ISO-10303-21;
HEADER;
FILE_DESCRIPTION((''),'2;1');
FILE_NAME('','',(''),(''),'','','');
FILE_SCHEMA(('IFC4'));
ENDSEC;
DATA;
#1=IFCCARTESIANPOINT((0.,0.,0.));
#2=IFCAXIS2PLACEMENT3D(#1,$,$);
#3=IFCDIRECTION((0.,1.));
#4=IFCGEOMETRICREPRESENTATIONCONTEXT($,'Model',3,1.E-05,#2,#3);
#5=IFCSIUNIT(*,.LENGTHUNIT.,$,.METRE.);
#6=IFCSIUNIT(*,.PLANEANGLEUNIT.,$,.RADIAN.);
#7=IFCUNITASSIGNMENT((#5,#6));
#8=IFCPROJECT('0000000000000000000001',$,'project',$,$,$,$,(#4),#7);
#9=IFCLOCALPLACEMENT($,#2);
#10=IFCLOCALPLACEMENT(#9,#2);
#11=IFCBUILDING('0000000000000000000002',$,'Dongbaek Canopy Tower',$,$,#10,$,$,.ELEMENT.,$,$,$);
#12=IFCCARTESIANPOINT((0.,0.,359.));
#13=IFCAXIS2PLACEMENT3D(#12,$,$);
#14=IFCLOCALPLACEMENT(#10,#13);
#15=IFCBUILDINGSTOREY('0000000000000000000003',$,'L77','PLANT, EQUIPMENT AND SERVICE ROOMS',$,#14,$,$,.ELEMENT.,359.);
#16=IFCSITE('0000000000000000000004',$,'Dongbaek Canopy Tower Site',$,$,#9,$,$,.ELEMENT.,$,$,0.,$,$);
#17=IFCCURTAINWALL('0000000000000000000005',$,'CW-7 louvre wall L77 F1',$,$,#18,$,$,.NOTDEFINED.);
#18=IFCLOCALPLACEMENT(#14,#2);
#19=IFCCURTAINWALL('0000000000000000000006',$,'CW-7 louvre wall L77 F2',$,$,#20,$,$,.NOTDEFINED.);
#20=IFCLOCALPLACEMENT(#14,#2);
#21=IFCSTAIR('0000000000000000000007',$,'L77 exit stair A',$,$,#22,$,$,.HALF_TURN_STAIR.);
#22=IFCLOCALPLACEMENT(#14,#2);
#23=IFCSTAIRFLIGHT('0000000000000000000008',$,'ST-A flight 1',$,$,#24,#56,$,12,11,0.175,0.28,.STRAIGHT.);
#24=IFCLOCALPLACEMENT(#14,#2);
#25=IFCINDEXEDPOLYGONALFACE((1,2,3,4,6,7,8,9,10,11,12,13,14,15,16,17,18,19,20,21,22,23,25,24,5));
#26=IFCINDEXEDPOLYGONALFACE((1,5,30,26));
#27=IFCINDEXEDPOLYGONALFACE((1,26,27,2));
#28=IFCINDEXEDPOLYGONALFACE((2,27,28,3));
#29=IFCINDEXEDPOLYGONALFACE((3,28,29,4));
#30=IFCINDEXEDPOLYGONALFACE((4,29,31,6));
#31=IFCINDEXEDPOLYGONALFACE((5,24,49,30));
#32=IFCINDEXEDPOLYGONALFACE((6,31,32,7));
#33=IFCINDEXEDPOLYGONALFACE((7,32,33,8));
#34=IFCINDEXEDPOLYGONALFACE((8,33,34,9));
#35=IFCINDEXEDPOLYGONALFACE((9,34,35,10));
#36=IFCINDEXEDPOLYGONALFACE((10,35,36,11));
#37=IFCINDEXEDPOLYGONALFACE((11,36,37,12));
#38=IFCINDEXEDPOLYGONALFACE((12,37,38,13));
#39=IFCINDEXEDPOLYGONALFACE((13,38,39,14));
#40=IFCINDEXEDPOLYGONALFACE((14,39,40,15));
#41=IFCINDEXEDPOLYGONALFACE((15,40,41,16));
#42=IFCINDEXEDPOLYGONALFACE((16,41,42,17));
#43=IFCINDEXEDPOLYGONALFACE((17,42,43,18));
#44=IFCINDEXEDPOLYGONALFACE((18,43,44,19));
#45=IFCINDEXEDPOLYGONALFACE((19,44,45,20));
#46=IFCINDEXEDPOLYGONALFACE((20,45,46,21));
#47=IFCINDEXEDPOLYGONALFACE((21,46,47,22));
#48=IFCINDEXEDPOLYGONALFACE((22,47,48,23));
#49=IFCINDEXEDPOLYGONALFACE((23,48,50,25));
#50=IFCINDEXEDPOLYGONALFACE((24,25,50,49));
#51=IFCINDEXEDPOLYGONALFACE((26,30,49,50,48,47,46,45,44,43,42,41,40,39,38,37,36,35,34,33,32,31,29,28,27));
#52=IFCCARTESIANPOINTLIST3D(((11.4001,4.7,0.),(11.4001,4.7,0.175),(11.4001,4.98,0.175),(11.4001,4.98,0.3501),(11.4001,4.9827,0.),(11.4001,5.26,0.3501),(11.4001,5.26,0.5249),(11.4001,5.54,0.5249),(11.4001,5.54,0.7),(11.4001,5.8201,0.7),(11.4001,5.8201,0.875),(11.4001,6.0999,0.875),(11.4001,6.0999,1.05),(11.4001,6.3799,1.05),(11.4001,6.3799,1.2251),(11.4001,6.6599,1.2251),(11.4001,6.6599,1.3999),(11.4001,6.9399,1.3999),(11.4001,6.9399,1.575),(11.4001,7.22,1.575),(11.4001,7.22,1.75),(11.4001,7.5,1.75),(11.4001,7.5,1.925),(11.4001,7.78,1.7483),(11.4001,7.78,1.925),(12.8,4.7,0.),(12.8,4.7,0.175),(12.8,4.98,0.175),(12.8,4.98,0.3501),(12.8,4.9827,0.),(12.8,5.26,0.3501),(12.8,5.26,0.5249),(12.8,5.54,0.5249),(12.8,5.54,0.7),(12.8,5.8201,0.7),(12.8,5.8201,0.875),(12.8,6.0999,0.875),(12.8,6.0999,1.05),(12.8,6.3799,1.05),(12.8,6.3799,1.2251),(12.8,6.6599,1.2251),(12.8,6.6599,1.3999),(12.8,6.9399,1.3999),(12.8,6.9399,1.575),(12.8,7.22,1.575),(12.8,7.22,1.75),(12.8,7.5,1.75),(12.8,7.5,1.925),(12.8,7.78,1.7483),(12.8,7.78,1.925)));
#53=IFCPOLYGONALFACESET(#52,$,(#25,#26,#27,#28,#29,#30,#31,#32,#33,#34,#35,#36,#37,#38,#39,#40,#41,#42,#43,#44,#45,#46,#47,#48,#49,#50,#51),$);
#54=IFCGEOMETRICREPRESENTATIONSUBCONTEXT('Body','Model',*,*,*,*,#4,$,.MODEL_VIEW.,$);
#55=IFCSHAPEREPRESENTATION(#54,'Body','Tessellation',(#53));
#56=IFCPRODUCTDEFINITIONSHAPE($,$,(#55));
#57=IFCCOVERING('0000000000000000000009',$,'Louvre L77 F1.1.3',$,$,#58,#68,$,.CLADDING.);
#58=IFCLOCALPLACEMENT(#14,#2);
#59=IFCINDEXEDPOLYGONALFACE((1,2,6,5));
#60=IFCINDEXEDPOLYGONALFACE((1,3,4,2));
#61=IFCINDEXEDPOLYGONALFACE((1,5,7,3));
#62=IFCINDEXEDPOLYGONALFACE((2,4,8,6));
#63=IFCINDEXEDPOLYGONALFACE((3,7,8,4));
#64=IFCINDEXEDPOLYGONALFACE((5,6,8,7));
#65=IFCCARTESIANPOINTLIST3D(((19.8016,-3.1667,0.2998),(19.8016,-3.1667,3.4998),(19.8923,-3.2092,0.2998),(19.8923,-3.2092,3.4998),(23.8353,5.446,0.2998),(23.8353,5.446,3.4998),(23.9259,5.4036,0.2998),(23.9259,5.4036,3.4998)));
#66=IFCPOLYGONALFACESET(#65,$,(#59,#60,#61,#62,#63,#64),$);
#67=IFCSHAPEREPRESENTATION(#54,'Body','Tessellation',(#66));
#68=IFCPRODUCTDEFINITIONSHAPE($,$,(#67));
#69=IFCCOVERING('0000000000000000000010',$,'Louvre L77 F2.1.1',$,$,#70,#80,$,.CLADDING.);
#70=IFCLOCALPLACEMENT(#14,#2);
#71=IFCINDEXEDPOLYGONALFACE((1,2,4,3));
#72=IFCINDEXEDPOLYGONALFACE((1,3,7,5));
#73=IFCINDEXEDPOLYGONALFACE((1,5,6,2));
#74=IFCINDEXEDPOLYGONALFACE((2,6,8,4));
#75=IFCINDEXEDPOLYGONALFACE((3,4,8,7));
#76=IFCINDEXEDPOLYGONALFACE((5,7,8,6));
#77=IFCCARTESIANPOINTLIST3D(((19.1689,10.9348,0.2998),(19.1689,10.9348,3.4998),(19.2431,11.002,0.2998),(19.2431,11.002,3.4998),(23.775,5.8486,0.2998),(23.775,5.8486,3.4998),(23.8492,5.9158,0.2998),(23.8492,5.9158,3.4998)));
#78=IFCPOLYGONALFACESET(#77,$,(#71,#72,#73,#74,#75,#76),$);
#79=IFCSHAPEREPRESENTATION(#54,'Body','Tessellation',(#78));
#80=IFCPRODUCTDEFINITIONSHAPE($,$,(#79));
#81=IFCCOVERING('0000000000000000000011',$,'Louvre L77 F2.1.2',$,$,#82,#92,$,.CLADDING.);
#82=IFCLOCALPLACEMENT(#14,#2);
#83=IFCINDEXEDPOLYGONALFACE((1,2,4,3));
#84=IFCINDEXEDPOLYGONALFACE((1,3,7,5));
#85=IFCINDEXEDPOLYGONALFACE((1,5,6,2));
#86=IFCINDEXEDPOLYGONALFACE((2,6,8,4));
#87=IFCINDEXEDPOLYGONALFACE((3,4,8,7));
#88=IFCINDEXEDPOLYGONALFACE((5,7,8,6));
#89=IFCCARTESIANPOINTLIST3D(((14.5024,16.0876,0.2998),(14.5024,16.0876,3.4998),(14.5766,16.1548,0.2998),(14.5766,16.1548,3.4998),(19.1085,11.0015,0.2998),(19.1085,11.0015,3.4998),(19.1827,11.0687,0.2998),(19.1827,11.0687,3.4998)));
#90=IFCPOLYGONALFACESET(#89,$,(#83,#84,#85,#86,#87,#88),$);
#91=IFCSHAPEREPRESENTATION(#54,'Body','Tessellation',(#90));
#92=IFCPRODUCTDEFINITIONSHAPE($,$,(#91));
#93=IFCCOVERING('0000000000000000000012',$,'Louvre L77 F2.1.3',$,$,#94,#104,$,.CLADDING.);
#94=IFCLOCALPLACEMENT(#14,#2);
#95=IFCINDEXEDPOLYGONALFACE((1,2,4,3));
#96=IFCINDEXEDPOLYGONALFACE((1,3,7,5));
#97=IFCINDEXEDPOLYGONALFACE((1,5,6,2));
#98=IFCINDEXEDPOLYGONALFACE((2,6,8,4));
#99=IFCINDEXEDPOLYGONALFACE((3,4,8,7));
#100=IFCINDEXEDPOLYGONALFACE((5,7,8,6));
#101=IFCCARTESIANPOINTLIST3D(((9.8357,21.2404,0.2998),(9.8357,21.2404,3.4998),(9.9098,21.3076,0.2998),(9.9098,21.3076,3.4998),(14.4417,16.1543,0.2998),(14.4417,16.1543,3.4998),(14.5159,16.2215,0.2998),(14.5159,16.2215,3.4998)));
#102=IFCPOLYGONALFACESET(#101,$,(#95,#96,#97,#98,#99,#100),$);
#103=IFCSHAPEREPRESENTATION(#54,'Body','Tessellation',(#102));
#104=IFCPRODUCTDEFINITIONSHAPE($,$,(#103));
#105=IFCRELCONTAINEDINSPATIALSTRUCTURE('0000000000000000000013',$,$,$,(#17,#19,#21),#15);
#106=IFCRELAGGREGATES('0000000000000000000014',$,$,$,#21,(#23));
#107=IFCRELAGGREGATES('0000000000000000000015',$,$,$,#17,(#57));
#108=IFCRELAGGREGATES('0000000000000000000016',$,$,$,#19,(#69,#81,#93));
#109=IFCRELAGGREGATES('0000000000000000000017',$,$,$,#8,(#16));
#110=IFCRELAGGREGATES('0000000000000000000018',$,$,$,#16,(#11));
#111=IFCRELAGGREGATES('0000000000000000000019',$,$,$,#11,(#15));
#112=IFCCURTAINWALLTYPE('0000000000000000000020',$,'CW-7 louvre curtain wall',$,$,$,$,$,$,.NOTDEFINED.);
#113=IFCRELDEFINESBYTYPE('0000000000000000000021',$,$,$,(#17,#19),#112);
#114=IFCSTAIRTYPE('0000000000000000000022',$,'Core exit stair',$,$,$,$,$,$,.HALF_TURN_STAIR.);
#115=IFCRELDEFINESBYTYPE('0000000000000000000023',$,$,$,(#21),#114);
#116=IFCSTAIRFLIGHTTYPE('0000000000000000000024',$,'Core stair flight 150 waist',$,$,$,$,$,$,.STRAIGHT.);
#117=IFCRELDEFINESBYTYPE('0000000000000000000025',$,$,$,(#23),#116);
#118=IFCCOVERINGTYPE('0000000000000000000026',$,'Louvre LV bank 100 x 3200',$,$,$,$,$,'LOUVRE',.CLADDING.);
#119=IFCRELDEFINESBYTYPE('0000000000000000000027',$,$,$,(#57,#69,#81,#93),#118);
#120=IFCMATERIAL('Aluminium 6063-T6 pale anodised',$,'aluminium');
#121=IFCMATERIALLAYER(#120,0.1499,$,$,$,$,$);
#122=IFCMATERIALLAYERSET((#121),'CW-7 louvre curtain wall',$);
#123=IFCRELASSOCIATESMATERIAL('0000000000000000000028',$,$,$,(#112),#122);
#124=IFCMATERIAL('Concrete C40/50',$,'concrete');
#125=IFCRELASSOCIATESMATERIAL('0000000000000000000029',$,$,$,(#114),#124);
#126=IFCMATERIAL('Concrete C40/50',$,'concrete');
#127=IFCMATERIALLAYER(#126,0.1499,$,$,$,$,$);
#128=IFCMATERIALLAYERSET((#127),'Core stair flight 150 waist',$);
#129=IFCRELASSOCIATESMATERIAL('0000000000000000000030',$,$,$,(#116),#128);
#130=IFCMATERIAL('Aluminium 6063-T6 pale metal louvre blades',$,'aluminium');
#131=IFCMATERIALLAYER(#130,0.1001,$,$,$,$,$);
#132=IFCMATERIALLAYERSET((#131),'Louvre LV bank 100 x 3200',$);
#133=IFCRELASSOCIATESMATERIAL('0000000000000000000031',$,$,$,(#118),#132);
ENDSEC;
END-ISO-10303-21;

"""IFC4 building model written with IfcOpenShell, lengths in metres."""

from ifc_helpers import new_model, si_unit, direction, frame, origin, origin_2d, place, context, subcontext, project, spatial, polyline, rectangle, outline, extrude, material, layer, layer_set, type_object, element, aggregate, save


model = new_model("IFC4")

# Units and contexts
model_context = context("Model", 3, precision=1e-05, world=origin(), true_north=direction((0.0, 1.0)))
body_context = subcontext(model_context, "Body", "Model", "MODEL_VIEW")
ifc_project = project(units=[si_unit("LENGTHUNIT", "METRE"), si_unit("PLANEANGLEUNIT", "RADIAN")], contexts=[model_context])

# Site, building, storey
site_placement = place(None, origin())
site = spatial("IfcSite", under=ifc_project, at=site_placement, Name="Dongbaek Canopy Tower Site", CompositionType="ELEMENT", RefElevation=0.0)
building_placement = place(site_placement, origin())
building = spatial("IfcBuilding", under=site, at=building_placement, Name="Dongbaek Canopy Tower", CompositionType="ELEMENT")
storey_placement = place(building_placement, frame((0.0, 0.0, 359.0)))
storey = spatial("IfcBuildingStorey", under=building, at=storey_placement, Name="L77", Description="PLANT, EQUIPMENT AND SERVICE ROOMS", CompositionType="ELEMENT", Elevation=359.0)

# Curtain wall
ifc_material_1 = material(Name="Aluminium 6063-T6 pale anodised", Category="aluminium")
ifc_layer_1 = layer(ifc_material_1, 0.1499)
ifc_layer_set_1 = layer_set([ifc_layer_1], Name="CW-7 louvre curtain wall")
curtain_wall_type = type_object("IfcCurtainWallType", Name="CW-7 louvre curtain wall", PredefinedType="NOTDEFINED", material=ifc_layer_set_1)
curtain_wall_1_placement = place(storey_placement, origin())
curtain_wall_1 = element("IfcCurtainWall", 1, at=curtain_wall_1_placement, inside=storey, type_object=curtain_wall_type, Name="CW-7 louvre wall L77 F1", PredefinedType="NOTDEFINED")

# Curtain wall
curtain_wall_2_placement = place(storey_placement, origin())
curtain_wall_2 = element("IfcCurtainWall", 2, at=curtain_wall_2_placement, inside=storey, type_object=curtain_wall_type, Name="CW-7 louvre wall L77 F2", PredefinedType="NOTDEFINED")

# Stair, stair flight
ifc_material_2 = material(Name="Concrete C40/50", Category="concrete")
stair_type = type_object("IfcStairType", Name="Core exit stair", PredefinedType="HALF_TURN_STAIR", material=ifc_material_2)
stair_placement = place(storey_placement, origin())
stair = element("IfcStair", 3, at=stair_placement, inside=storey, type_object=stair_type, Name="L77 exit stair A", PredefinedType="HALF_TURN_STAIR")
ifc_material_3 = material(Name="Concrete C40/50", Category="concrete")
ifc_layer_2 = layer(ifc_material_3, 0.1499)
ifc_layer_set_2 = layer_set([ifc_layer_2], Name="Core stair flight 150 waist")
stair_flight_type = type_object("IfcStairFlightType", Name="Core stair flight 150 waist", PredefinedType="STRAIGHT", material=ifc_layer_set_2)
stair_flight_placement = place(storey_placement, frame((12.1001, 4.7, 0.0), z_axis=(0.0, 0.0, 1.0), x_axis=(0.0, 1.0, 0.0)))
stair_flight = element("IfcStairFlight", 4, at=stair_flight_placement, type_object=stair_flight_type, Name="ST-A flight 1", NumberOfRisers=12, NumberOfTreads=11, PredefinedType="STRAIGHT", RiserHeight=0.175, TreadLength=0.28, context=body_context, shape_type="SweptSolid", body=[
    extrude(outline(polyline([(0.0, 0.0), (0.0, 0.175), (0.28, 0.175), (0.28, 0.3501), (0.5601, 0.3501), (0.5601, 0.5249), (0.8401, 0.5249), (0.8401, 0.7), (1.1201, 0.7), (1.1201, 0.875), (1.3999, 0.875), (1.3999, 1.05), (1.6799, 1.05), (1.6799, 1.2251), (1.96, 1.2251), (1.96, 1.3999), (2.24, 1.3999), (2.24, 1.575), (2.52, 1.575), (2.52, 1.75), (2.8, 1.75), (2.8, 1.925), (3.0801, 1.925), (3.0801, 2.1001), (3.0801, 1.7483), (0.2827, 0.0), (0.0, 0.0)])), frame((0.0, 0.7, 0.0), z_axis=(0.0, -1.0, 0.0), x_axis=(1.0, 0.0, 0.0)), (0.0, 0.0, 1.0), 1.3999),
])
aggregate(stair, [stair_flight])

# Coverings
ifc_material_4 = material(Name="Aluminium 6063-T6 pale metal louvre blades", Category="aluminium")
ifc_layer_3 = layer(ifc_material_4, 0.1001)
ifc_layer_set_3 = layer_set([ifc_layer_3], Name="Louvre LV bank 100 x 3200")
covering_type = type_object("IfcCoveringType", Name="Louvre LV bank 100 x 3200", ElementType="LOUVRE", PredefinedType="CLADDING", material=ifc_layer_set_3)
covering_1_placement = place(storey_placement, frame((21.8638, 1.1184, 0.2998), z_axis=(0.0, 0.0, 1.0), x_axis=(0.424123, 0.905605, 0.0)))
covering_1 = element("IfcCovering", 5, at=covering_1_placement, type_object=covering_type, Name="Louvre L77 F1.1.3", PredefinedType="CLADDING", context=body_context, shape_type="SweptSolid", body=[
    extrude(rectangle(XDim=9.5105, YDim=0.1001, at=origin_2d()), origin(), (0.0, 0.0, 1.0), 3.2),
])
covering_2_placement = place(storey_placement, frame((21.509, 8.4253, 0.2998), z_axis=(0.0, 0.0, 1.0), x_axis=(-0.67126, 0.741222, 0.0)))
covering_2 = element("IfcCovering", 6, at=covering_2_placement, type_object=covering_type, Name="Louvre L77 F2.1.1", PredefinedType="CLADDING", context=body_context, shape_type="SweptSolid", body=[
    extrude(rectangle(XDim=6.8618, YDim=0.1001, at=origin_2d()), origin(), (0.0, 0.0, 1.0), 3.2),
])
covering_3_placement = place(storey_placement, frame((16.8425, 13.5781, 0.2998), z_axis=(0.0, 0.0, 1.0), x_axis=(-0.67126, 0.741222, 0.0)))
covering_3 = element("IfcCovering", 7, at=covering_3_placement, type_object=covering_type, Name="Louvre L77 F2.1.2", PredefinedType="CLADDING", context=body_context, shape_type="SweptSolid", body=[
    extrude(rectangle(XDim=6.8618, YDim=0.1001, at=origin_2d()), origin(), (0.0, 0.0, 1.0), 3.2),
])
covering_4_placement = place(storey_placement, frame((12.1758, 18.731, 0.2998), z_axis=(0.0, 0.0, 1.0), x_axis=(-0.67126, 0.741222, 0.0)))
covering_4 = element("IfcCovering", 8, at=covering_4_placement, type_object=covering_type, Name="Louvre L77 F2.1.3", PredefinedType="CLADDING", context=body_context, shape_type="SweptSolid", body=[
    extrude(rectangle(XDim=6.8618, YDim=0.1001, at=origin_2d()), origin(), (0.0, 0.0, 1.0), 3.2),
])

aggregate(curtain_wall_1, [covering_1])
aggregate(curtain_wall_2, [covering_2, covering_3, covering_4])

save(model, "model.ifc")
